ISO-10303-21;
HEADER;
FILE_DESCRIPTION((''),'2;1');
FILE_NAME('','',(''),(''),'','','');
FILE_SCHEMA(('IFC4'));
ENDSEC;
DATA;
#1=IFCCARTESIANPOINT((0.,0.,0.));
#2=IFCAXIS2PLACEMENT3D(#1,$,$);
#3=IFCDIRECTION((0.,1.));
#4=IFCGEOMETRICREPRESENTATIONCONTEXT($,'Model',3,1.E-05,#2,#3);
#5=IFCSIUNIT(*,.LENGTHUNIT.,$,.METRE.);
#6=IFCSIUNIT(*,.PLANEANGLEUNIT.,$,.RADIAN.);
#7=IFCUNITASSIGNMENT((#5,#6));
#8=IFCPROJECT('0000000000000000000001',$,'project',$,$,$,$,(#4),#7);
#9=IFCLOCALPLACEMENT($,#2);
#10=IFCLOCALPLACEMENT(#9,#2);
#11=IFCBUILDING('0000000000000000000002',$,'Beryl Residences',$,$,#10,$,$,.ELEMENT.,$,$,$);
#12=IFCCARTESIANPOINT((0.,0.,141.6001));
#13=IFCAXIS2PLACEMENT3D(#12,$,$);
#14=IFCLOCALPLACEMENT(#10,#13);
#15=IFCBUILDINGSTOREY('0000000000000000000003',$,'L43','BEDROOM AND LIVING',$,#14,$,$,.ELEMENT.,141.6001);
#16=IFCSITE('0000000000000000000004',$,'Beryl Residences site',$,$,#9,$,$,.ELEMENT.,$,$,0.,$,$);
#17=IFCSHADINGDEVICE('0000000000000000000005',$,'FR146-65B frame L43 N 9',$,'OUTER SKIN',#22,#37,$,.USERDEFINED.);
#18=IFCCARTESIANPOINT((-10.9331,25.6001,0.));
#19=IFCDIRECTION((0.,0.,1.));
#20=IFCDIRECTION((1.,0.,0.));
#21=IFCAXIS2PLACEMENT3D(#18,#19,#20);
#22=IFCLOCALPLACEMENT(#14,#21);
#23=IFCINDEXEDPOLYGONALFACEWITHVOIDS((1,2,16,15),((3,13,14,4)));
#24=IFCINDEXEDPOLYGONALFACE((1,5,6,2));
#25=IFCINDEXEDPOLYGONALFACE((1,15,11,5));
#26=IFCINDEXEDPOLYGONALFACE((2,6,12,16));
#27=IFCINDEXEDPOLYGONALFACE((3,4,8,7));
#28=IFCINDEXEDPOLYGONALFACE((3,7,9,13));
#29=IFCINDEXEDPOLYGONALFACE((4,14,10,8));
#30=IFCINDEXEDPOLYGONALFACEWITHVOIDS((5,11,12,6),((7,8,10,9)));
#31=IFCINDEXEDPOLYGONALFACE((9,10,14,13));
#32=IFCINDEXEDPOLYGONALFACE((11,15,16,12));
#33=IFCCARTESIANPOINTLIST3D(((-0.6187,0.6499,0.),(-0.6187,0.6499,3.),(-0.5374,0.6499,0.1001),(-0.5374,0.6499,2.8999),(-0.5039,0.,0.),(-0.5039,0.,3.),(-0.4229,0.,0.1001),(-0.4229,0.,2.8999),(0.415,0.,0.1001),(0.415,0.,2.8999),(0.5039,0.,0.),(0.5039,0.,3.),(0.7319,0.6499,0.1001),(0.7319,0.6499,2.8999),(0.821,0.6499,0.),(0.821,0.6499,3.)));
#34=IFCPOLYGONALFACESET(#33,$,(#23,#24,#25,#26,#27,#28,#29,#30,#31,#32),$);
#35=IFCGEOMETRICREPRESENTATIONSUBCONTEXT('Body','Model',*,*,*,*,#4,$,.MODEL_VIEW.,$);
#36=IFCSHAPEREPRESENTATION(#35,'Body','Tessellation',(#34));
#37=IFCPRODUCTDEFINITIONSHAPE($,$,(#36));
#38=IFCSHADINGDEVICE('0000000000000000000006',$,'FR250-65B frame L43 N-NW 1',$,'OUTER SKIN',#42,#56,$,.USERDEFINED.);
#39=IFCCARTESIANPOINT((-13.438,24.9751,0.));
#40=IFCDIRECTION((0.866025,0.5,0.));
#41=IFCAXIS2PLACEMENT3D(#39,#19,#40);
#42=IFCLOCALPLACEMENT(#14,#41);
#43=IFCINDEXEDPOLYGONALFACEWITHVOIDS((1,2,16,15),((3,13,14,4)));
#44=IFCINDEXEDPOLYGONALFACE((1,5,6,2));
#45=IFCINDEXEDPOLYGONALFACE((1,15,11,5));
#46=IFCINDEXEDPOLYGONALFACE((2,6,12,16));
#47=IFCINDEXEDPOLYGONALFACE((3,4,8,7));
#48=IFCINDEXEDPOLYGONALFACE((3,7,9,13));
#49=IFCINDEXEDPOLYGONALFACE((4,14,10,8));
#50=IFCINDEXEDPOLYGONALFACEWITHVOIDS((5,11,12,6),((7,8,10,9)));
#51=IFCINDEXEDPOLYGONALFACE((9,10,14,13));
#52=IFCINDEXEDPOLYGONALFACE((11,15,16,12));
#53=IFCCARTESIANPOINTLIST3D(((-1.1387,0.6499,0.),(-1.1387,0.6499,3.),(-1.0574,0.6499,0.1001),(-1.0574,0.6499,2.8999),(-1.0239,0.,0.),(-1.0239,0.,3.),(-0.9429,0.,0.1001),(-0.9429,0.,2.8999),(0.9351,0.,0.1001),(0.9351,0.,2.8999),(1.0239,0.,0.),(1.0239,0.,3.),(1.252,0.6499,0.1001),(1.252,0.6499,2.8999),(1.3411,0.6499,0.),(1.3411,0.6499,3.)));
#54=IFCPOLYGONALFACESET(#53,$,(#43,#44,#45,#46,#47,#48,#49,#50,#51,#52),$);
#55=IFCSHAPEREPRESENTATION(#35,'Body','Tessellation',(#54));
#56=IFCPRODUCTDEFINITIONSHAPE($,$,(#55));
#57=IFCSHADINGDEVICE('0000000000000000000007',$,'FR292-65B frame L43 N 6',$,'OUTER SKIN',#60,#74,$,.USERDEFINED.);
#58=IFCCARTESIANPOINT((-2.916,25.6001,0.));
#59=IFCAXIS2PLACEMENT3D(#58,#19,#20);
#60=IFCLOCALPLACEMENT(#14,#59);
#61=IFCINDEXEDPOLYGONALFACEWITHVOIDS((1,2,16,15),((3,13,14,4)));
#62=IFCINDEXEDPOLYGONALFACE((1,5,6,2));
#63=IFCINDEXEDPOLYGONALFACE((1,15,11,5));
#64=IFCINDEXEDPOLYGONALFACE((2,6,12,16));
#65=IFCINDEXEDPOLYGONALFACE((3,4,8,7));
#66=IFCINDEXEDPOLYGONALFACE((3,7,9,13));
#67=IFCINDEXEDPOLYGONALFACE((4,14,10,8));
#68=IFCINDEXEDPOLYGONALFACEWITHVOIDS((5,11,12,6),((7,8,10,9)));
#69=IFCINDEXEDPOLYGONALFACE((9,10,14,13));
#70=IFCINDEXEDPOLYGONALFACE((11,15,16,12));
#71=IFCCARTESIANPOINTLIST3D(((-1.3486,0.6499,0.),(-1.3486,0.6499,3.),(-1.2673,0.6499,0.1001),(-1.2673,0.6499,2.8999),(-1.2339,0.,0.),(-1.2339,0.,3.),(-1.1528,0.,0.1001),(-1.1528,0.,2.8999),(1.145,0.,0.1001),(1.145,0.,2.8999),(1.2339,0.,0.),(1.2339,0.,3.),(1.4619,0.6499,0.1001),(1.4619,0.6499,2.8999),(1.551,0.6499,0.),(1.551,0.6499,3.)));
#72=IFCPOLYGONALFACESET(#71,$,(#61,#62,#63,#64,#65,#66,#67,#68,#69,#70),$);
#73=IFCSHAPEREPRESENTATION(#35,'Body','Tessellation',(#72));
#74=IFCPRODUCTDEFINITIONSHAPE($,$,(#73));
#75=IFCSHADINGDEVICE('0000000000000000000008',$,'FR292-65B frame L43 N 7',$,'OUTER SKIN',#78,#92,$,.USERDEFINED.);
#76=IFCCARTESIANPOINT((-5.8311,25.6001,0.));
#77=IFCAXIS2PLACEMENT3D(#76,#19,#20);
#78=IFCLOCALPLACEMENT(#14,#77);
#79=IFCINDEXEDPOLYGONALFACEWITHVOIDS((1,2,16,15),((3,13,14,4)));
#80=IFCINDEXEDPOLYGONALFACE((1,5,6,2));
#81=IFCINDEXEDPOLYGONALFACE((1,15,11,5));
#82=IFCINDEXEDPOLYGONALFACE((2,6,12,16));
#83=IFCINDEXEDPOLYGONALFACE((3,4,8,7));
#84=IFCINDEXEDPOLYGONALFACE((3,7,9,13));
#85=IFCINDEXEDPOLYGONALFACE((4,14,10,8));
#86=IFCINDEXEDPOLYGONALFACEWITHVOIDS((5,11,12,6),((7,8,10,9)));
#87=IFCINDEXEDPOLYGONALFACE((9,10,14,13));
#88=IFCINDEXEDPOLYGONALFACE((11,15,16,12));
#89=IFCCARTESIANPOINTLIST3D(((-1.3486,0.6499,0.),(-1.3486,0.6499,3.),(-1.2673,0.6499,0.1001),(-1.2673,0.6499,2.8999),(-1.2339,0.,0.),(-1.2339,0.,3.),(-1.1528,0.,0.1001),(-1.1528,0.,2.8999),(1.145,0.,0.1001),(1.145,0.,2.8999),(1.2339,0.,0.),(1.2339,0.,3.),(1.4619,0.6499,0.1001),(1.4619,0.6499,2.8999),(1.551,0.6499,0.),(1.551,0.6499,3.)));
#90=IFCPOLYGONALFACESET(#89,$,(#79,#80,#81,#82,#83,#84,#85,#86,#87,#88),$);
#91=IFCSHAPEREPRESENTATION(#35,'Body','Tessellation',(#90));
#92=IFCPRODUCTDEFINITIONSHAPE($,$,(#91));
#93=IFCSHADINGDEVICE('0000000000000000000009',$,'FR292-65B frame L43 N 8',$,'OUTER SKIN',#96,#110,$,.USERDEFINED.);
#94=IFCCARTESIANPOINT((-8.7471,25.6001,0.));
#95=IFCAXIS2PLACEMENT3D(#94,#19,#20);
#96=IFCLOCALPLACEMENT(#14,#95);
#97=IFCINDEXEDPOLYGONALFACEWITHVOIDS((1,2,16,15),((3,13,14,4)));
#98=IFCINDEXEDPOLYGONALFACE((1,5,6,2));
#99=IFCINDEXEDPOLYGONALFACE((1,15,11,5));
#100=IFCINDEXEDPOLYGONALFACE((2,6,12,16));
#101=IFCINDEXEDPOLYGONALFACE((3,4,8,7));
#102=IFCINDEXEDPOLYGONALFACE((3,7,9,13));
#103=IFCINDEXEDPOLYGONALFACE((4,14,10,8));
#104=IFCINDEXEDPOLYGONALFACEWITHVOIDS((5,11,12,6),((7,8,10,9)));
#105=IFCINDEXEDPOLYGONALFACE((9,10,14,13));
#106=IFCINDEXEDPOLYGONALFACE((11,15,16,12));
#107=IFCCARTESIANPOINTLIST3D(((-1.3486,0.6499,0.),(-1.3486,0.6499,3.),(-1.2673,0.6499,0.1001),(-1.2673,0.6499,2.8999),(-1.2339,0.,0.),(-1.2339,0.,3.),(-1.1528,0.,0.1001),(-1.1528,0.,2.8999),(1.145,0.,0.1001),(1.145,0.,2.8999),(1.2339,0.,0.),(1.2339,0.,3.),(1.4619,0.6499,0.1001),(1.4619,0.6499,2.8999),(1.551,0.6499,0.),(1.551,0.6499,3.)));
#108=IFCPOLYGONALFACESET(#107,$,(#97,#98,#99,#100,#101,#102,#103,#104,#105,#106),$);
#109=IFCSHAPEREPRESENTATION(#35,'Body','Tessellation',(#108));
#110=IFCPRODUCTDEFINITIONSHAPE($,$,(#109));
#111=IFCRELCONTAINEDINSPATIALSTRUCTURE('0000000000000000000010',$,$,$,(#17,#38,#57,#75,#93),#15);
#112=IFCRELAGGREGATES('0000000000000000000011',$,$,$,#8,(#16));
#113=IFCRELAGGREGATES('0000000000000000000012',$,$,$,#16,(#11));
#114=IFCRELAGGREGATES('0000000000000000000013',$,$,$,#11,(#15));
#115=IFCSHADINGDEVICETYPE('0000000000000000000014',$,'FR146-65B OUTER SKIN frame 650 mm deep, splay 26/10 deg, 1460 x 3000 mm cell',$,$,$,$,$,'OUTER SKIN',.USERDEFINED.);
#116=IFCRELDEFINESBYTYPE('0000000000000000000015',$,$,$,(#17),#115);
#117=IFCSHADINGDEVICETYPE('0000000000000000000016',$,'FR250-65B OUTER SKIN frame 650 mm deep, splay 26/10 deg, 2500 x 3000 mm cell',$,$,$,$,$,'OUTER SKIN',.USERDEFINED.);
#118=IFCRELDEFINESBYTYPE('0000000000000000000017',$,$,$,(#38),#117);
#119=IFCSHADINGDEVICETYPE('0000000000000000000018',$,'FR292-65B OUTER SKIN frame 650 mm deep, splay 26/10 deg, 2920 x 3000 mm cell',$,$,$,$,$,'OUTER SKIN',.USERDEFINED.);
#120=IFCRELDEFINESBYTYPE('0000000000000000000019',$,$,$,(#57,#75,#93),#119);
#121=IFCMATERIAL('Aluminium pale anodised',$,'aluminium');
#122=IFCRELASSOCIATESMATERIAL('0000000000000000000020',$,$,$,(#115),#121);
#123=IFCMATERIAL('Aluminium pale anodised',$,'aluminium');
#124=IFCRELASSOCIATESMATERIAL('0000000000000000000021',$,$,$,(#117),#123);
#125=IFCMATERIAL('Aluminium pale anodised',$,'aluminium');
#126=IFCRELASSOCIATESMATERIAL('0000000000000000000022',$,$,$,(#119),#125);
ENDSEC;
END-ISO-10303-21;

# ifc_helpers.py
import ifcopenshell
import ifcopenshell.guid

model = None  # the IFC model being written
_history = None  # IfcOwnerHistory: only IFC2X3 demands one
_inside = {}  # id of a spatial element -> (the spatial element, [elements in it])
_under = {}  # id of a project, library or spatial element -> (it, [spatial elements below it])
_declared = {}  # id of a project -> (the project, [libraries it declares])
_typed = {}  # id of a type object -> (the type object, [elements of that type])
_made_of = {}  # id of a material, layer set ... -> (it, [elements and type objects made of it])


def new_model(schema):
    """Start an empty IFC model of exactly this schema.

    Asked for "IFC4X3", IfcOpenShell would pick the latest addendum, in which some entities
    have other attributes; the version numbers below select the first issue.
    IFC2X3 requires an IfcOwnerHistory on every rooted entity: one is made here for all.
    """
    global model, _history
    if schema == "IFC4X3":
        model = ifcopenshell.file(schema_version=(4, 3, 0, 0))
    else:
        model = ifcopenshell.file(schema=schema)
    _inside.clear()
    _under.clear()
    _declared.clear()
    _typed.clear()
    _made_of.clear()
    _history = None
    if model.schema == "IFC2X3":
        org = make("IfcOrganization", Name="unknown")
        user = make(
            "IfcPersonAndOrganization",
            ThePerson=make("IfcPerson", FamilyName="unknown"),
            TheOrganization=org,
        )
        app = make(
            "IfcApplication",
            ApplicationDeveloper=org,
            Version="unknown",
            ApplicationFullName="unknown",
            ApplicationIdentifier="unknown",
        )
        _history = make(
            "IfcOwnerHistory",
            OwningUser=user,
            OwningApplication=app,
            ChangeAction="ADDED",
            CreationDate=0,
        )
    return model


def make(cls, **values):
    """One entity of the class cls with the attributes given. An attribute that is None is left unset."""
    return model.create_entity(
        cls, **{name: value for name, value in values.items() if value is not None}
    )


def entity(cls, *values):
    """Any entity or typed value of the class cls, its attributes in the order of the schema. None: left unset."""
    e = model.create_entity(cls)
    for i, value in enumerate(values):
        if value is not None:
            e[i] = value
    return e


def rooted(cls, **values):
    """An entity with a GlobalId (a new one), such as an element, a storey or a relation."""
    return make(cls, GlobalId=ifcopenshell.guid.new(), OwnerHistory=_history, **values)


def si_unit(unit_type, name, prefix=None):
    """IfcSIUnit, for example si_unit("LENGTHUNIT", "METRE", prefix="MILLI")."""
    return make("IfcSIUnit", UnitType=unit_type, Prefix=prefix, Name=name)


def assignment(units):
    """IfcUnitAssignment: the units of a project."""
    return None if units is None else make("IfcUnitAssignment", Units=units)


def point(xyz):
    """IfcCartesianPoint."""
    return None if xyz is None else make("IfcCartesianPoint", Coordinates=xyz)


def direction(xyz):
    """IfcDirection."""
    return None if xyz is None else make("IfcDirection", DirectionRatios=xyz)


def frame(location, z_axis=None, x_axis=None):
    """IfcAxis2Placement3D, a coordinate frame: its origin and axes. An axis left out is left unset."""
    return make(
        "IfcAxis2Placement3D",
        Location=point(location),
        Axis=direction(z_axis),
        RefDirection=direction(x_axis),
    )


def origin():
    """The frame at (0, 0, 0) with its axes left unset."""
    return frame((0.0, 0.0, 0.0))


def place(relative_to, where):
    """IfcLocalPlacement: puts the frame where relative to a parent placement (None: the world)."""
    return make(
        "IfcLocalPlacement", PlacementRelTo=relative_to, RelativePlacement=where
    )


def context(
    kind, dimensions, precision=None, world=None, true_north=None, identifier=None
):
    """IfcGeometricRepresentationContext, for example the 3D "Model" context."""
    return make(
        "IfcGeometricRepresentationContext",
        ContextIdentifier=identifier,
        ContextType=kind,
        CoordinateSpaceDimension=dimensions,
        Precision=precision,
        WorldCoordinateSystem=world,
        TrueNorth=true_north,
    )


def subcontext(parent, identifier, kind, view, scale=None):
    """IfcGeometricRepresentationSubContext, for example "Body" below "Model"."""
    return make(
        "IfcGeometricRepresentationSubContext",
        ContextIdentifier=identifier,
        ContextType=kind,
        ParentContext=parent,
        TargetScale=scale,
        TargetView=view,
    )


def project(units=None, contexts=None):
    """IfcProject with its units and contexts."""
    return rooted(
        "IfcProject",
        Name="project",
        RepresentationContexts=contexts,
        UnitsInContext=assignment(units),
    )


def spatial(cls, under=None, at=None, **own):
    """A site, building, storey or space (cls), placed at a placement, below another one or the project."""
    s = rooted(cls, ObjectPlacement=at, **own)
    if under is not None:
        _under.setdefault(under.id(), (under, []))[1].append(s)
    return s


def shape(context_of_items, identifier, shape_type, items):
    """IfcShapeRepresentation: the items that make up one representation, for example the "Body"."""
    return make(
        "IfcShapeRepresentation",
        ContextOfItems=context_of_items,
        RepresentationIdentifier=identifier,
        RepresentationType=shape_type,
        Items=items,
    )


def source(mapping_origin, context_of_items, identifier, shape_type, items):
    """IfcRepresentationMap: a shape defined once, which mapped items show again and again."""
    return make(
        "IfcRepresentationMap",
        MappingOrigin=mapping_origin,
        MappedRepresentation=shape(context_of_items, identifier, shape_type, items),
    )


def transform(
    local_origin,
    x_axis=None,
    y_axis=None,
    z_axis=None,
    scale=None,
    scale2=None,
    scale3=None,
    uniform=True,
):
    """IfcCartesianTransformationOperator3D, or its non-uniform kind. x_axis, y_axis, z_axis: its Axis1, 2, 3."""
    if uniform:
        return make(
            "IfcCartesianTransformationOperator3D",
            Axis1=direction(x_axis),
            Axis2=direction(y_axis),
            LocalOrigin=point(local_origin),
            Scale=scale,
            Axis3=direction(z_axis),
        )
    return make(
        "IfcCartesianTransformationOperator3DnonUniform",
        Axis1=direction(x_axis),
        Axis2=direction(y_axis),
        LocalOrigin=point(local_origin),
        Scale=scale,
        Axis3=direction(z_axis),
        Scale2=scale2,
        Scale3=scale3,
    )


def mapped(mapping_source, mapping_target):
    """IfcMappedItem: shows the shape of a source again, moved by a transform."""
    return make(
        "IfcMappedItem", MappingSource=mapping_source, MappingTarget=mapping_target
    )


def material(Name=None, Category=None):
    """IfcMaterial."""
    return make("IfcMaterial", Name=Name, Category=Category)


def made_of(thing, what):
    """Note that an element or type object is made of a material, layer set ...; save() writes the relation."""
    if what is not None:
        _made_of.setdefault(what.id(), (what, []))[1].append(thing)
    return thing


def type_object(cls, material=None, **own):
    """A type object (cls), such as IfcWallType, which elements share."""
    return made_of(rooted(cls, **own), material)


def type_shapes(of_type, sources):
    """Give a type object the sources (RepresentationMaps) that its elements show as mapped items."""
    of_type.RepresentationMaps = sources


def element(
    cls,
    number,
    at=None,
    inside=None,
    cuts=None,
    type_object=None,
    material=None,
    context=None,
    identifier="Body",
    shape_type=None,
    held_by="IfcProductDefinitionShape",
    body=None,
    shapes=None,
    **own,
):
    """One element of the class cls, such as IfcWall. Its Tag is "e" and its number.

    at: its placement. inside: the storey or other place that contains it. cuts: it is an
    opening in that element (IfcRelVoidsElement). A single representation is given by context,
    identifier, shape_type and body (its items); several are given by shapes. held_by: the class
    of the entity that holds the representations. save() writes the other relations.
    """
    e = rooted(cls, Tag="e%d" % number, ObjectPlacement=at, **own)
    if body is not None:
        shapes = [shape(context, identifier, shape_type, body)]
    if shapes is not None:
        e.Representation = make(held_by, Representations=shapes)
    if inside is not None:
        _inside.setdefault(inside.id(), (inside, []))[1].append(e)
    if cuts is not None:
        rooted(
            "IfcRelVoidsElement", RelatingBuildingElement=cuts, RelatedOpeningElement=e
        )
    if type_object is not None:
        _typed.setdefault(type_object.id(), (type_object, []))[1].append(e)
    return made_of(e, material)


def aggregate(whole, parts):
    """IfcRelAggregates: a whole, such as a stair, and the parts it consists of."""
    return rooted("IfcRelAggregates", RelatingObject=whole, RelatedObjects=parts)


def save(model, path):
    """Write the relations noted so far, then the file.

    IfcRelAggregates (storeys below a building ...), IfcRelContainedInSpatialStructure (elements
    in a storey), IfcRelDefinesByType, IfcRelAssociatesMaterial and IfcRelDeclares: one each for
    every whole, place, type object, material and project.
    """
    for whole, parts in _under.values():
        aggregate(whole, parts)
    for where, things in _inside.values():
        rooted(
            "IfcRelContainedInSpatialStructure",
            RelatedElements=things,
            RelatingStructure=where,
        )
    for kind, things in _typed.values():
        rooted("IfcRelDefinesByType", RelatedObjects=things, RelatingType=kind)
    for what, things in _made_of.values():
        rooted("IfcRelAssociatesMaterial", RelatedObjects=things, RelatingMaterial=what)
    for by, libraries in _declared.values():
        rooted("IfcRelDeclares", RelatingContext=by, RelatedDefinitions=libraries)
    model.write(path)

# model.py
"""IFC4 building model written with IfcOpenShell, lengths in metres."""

from ifc_helpers import new_model, entity, si_unit, direction, frame, origin, place, context, subcontext, project, spatial, source, transform, mapped, material, type_object, type_shapes, element, save


model = new_model("IFC4")

# Units and contexts
model_context = context("Model", 3, precision=1e-05, world=origin(), true_north=direction((0.0, 1.0)))
body_context = subcontext(model_context, "Body", "Model", "MODEL_VIEW")
ifc_project = project(units=[si_unit("LENGTHUNIT", "METRE"), si_unit("PLANEANGLEUNIT", "RADIAN")], contexts=[model_context])

# Site, building, storey
site_placement = place(None, origin())
site = spatial("IfcSite", under=ifc_project, at=site_placement, Name="Beryl Residences site", CompositionType="ELEMENT", RefElevation=0.0)
building_placement = place(site_placement, origin())
building = spatial("IfcBuilding", under=site, at=building_placement, Name="Beryl Residences", CompositionType="ELEMENT")
storey_placement = place(building_placement, frame((0.0, 0.0, 141.6001)))
storey = spatial("IfcBuildingStorey", under=building, at=storey_placement, Name="L43", Description="BEDROOM AND LIVING", CompositionType="ELEMENT", Elevation=141.6001)

# Shading devices
ifc_material_1 = material(Name="Aluminium pale anodised", Category="aluminium")
shading_device_type_1 = type_object("IfcShadingDeviceType", Name="FR146-65B OUTER SKIN frame 650 mm deep, splay 26/10 deg, 1460 x 3000 mm cell", ElementType="OUTER SKIN", PredefinedType="USERDEFINED", material=ifc_material_1)
cartesian_point_1 = entity("IfcCartesianPoint", [-0.5039, 0.0])
cartesian_point_2 = entity("IfcCartesianPoint", [-0.415, 0.1001])
cartesian_point_3 = entity("IfcCartesianPoint", [-0.821, 0.0])
cartesian_point_4 = entity("IfcCartesianPoint", [-0.7319, 0.1001])
shared_shape_1 = source(origin(), body_context, "Body", "SweptSolid", [
    entity("IfcExtrudedAreaSolidTapered", entity("IfcArbitraryProfileDefWithVoids", "AREA", None, entity("IfcPolyline", [cartesian_point_1, entity("IfcCartesianPoint", [0.5039, 0.0]), entity("IfcCartesianPoint", [0.5039, 3.0]), entity("IfcCartesianPoint", [-0.5039, 3.0]), cartesian_point_1]), [entity("IfcPolyline", [cartesian_point_2, entity("IfcCartesianPoint", [0.4229, 0.1001]), entity("IfcCartesianPoint", [0.4229, 2.8999]), entity("IfcCartesianPoint", [-0.415, 2.8999]), cartesian_point_2])]), entity("IfcAxis2Placement3D", entity("IfcCartesianPoint", [0.0, 0.0, 0.0]), entity("IfcDirection", [0.0, 1.0, 0.0]), entity("IfcDirection", [-1.0, 0.0, 0.0])), entity("IfcDirection", [0.0, 0.0, 1.0]), 0.6499, entity("IfcArbitraryProfileDefWithVoids", "AREA", None, entity("IfcPolyline", [cartesian_point_3, entity("IfcCartesianPoint", [0.6187, 0.0]), entity("IfcCartesianPoint", [0.6187, 3.0]), entity("IfcCartesianPoint", [-0.821, 3.0]), cartesian_point_3]), [entity("IfcPolyline", [cartesian_point_4, entity("IfcCartesianPoint", [0.5374, 0.1001]), entity("IfcCartesianPoint", [0.5374, 2.8999]), entity("IfcCartesianPoint", [-0.7319, 2.8999]), cartesian_point_4])])),
])
type_shapes(shading_device_type_1, [shared_shape_1])
shading_device_1_placement = place(storey_placement, frame((-10.9331, 25.6001, 0.0), z_axis=(0.0, 0.0, 1.0), x_axis=(1.0, 0.0, 0.0)))
element("IfcShadingDevice", 1, at=shading_device_1_placement, inside=storey, type_object=shading_device_type_1, Name="FR146-65B frame L43 N 9", ObjectType="OUTER SKIN", PredefinedType="USERDEFINED", context=body_context, shape_type="MappedRepresentation", body=[
    mapped(shared_shape_1, transform((0.0, 0.0, 0.0))),
])
ifc_material_2 = material(Name="Aluminium pale anodised", Category="aluminium")
shading_device_type_2 = type_object("IfcShadingDeviceType", Name="FR250-65B OUTER SKIN frame 650 mm deep, splay 26/10 deg, 2500 x 3000 mm cell", ElementType="OUTER SKIN", PredefinedType="USERDEFINED", material=ifc_material_2)
cartesian_point_5 = entity("IfcCartesianPoint", [-1.0239, 0.0])
cartesian_point_6 = entity("IfcCartesianPoint", [-0.9351, 0.1001])
cartesian_point_7 = entity("IfcCartesianPoint", [-1.3411, 0.0])
cartesian_point_8 = entity("IfcCartesianPoint", [-1.252, 0.1001])
shared_shape_2 = source(origin(), body_context, "Body", "SweptSolid", [
    entity("IfcExtrudedAreaSolidTapered", entity("IfcArbitraryProfileDefWithVoids", "AREA", None, entity("IfcPolyline", [cartesian_point_5, entity("IfcCartesianPoint", [1.0239, 0.0]), entity("IfcCartesianPoint", [1.0239, 3.0]), entity("IfcCartesianPoint", [-1.0239, 3.0]), cartesian_point_5]), [entity("IfcPolyline", [cartesian_point_6, entity("IfcCartesianPoint", [0.9429, 0.1001]), entity("IfcCartesianPoint", [0.9429, 2.8999]), entity("IfcCartesianPoint", [-0.9351, 2.8999]), cartesian_point_6])]), entity("IfcAxis2Placement3D", entity("IfcCartesianPoint", [0.0, 0.0, 0.0]), entity("IfcDirection", [0.0, 1.0, 0.0]), entity("IfcDirection", [-1.0, 0.0, 0.0])), entity("IfcDirection", [0.0, 0.0, 1.0]), 0.6499, entity("IfcArbitraryProfileDefWithVoids", "AREA", None, entity("IfcPolyline", [cartesian_point_7, entity("IfcCartesianPoint", [1.1387, 0.0]), entity("IfcCartesianPoint", [1.1387, 3.0]), entity("IfcCartesianPoint", [-1.3411, 3.0]), cartesian_point_7]), [entity("IfcPolyline", [cartesian_point_8, entity("IfcCartesianPoint", [1.0574, 0.1001]), entity("IfcCartesianPoint", [1.0574, 2.8999]), entity("IfcCartesianPoint", [-1.252, 2.8999]), cartesian_point_8])])),
])
type_shapes(shading_device_type_2, [shared_shape_2])
shading_device_2_placement = place(storey_placement, frame((-13.438, 24.9751, 0.0), z_axis=(0.0, 0.0, 1.0), x_axis=(0.866025, 0.5, 0.0)))
element("IfcShadingDevice", 2, at=shading_device_2_placement, inside=storey, type_object=shading_device_type_2, Name="FR250-65B frame L43 N-NW 1", ObjectType="OUTER SKIN", PredefinedType="USERDEFINED", context=body_context, shape_type="MappedRepresentation", body=[
    mapped(shared_shape_2, transform((0.0, 0.0, 0.0))),
])
ifc_material_3 = material(Name="Aluminium pale anodised", Category="aluminium")
shading_device_type_3 = type_object("IfcShadingDeviceType", Name="FR292-65B OUTER SKIN frame 650 mm deep, splay 26/10 deg, 2920 x 3000 mm cell", ElementType="OUTER SKIN", PredefinedType="USERDEFINED", material=ifc_material_3)
cartesian_point_9 = entity("IfcCartesianPoint", [-1.2339, 0.0])
cartesian_point_10 = entity("IfcCartesianPoint", [-1.145, 0.1001])
cartesian_point_11 = entity("IfcCartesianPoint", [-1.551, 0.0])
cartesian_point_12 = entity("IfcCartesianPoint", [-1.4619, 0.1001])
shared_shape_3 = source(origin(), body_context, "Body", "SweptSolid", [
    entity("IfcExtrudedAreaSolidTapered", entity("IfcArbitraryProfileDefWithVoids", "AREA", None, entity("IfcPolyline", [cartesian_point_9, entity("IfcCartesianPoint", [1.2339, 0.0]), entity("IfcCartesianPoint", [1.2339, 3.0]), entity("IfcCartesianPoint", [-1.2339, 3.0]), cartesian_point_9]), [entity("IfcPolyline", [cartesian_point_10, entity("IfcCartesianPoint", [1.1528, 0.1001]), entity("IfcCartesianPoint", [1.1528, 2.8999]), entity("IfcCartesianPoint", [-1.145, 2.8999]), cartesian_point_10])]), entity("IfcAxis2Placement3D", entity("IfcCartesianPoint", [0.0, 0.0, 0.0]), entity("IfcDirection", [0.0, 1.0, 0.0]), entity("IfcDirection", [-1.0, 0.0, 0.0])), entity("IfcDirection", [0.0, 0.0, 1.0]), 0.6499, entity("IfcArbitraryProfileDefWithVoids", "AREA", None, entity("IfcPolyline", [cartesian_point_11, entity("IfcCartesianPoint", [1.3486, 0.0]), entity("IfcCartesianPoint", [1.3486, 3.0]), entity("IfcCartesianPoint", [-1.551, 3.0]), cartesian_point_11]), [entity("IfcPolyline", [cartesian_point_12, entity("IfcCartesianPoint", [1.2673, 0.1001]), entity("IfcCartesianPoint", [1.2673, 2.8999]), entity("IfcCartesianPoint", [-1.4619, 2.8999]), cartesian_point_12])])),
])
type_shapes(shading_device_type_3, [shared_shape_3])
for number, where, z_axis, x_axis, name in (
    (3, (-2.916, 25.6001, 0.0), (0.0, 0.0, 1.0), (1.0, 0.0, 0.0), "FR292-65B frame L43 N 6"),
    (4, (-5.8311, 25.6001, 0.0), (0.0, 0.0, 1.0), (1.0, 0.0, 0.0), "FR292-65B frame L43 N 7"),
    (5, (-8.7471, 25.6001, 0.0), (0.0, 0.0, 1.0), (1.0, 0.0, 0.0), "FR292-65B frame L43 N 8"),
):
    element("IfcShadingDevice", number, at=place(storey_placement, frame(where, z_axis=z_axis, x_axis=x_axis)), inside=storey, type_object=shading_device_type_3, Name=name, ObjectType="OUTER SKIN", PredefinedType="USERDEFINED", context=body_context, shape_type="MappedRepresentation", body=[
        mapped(shared_shape_3, transform((0.0, 0.0, 0.0))),
    ])

save(model, "model.ifc")
